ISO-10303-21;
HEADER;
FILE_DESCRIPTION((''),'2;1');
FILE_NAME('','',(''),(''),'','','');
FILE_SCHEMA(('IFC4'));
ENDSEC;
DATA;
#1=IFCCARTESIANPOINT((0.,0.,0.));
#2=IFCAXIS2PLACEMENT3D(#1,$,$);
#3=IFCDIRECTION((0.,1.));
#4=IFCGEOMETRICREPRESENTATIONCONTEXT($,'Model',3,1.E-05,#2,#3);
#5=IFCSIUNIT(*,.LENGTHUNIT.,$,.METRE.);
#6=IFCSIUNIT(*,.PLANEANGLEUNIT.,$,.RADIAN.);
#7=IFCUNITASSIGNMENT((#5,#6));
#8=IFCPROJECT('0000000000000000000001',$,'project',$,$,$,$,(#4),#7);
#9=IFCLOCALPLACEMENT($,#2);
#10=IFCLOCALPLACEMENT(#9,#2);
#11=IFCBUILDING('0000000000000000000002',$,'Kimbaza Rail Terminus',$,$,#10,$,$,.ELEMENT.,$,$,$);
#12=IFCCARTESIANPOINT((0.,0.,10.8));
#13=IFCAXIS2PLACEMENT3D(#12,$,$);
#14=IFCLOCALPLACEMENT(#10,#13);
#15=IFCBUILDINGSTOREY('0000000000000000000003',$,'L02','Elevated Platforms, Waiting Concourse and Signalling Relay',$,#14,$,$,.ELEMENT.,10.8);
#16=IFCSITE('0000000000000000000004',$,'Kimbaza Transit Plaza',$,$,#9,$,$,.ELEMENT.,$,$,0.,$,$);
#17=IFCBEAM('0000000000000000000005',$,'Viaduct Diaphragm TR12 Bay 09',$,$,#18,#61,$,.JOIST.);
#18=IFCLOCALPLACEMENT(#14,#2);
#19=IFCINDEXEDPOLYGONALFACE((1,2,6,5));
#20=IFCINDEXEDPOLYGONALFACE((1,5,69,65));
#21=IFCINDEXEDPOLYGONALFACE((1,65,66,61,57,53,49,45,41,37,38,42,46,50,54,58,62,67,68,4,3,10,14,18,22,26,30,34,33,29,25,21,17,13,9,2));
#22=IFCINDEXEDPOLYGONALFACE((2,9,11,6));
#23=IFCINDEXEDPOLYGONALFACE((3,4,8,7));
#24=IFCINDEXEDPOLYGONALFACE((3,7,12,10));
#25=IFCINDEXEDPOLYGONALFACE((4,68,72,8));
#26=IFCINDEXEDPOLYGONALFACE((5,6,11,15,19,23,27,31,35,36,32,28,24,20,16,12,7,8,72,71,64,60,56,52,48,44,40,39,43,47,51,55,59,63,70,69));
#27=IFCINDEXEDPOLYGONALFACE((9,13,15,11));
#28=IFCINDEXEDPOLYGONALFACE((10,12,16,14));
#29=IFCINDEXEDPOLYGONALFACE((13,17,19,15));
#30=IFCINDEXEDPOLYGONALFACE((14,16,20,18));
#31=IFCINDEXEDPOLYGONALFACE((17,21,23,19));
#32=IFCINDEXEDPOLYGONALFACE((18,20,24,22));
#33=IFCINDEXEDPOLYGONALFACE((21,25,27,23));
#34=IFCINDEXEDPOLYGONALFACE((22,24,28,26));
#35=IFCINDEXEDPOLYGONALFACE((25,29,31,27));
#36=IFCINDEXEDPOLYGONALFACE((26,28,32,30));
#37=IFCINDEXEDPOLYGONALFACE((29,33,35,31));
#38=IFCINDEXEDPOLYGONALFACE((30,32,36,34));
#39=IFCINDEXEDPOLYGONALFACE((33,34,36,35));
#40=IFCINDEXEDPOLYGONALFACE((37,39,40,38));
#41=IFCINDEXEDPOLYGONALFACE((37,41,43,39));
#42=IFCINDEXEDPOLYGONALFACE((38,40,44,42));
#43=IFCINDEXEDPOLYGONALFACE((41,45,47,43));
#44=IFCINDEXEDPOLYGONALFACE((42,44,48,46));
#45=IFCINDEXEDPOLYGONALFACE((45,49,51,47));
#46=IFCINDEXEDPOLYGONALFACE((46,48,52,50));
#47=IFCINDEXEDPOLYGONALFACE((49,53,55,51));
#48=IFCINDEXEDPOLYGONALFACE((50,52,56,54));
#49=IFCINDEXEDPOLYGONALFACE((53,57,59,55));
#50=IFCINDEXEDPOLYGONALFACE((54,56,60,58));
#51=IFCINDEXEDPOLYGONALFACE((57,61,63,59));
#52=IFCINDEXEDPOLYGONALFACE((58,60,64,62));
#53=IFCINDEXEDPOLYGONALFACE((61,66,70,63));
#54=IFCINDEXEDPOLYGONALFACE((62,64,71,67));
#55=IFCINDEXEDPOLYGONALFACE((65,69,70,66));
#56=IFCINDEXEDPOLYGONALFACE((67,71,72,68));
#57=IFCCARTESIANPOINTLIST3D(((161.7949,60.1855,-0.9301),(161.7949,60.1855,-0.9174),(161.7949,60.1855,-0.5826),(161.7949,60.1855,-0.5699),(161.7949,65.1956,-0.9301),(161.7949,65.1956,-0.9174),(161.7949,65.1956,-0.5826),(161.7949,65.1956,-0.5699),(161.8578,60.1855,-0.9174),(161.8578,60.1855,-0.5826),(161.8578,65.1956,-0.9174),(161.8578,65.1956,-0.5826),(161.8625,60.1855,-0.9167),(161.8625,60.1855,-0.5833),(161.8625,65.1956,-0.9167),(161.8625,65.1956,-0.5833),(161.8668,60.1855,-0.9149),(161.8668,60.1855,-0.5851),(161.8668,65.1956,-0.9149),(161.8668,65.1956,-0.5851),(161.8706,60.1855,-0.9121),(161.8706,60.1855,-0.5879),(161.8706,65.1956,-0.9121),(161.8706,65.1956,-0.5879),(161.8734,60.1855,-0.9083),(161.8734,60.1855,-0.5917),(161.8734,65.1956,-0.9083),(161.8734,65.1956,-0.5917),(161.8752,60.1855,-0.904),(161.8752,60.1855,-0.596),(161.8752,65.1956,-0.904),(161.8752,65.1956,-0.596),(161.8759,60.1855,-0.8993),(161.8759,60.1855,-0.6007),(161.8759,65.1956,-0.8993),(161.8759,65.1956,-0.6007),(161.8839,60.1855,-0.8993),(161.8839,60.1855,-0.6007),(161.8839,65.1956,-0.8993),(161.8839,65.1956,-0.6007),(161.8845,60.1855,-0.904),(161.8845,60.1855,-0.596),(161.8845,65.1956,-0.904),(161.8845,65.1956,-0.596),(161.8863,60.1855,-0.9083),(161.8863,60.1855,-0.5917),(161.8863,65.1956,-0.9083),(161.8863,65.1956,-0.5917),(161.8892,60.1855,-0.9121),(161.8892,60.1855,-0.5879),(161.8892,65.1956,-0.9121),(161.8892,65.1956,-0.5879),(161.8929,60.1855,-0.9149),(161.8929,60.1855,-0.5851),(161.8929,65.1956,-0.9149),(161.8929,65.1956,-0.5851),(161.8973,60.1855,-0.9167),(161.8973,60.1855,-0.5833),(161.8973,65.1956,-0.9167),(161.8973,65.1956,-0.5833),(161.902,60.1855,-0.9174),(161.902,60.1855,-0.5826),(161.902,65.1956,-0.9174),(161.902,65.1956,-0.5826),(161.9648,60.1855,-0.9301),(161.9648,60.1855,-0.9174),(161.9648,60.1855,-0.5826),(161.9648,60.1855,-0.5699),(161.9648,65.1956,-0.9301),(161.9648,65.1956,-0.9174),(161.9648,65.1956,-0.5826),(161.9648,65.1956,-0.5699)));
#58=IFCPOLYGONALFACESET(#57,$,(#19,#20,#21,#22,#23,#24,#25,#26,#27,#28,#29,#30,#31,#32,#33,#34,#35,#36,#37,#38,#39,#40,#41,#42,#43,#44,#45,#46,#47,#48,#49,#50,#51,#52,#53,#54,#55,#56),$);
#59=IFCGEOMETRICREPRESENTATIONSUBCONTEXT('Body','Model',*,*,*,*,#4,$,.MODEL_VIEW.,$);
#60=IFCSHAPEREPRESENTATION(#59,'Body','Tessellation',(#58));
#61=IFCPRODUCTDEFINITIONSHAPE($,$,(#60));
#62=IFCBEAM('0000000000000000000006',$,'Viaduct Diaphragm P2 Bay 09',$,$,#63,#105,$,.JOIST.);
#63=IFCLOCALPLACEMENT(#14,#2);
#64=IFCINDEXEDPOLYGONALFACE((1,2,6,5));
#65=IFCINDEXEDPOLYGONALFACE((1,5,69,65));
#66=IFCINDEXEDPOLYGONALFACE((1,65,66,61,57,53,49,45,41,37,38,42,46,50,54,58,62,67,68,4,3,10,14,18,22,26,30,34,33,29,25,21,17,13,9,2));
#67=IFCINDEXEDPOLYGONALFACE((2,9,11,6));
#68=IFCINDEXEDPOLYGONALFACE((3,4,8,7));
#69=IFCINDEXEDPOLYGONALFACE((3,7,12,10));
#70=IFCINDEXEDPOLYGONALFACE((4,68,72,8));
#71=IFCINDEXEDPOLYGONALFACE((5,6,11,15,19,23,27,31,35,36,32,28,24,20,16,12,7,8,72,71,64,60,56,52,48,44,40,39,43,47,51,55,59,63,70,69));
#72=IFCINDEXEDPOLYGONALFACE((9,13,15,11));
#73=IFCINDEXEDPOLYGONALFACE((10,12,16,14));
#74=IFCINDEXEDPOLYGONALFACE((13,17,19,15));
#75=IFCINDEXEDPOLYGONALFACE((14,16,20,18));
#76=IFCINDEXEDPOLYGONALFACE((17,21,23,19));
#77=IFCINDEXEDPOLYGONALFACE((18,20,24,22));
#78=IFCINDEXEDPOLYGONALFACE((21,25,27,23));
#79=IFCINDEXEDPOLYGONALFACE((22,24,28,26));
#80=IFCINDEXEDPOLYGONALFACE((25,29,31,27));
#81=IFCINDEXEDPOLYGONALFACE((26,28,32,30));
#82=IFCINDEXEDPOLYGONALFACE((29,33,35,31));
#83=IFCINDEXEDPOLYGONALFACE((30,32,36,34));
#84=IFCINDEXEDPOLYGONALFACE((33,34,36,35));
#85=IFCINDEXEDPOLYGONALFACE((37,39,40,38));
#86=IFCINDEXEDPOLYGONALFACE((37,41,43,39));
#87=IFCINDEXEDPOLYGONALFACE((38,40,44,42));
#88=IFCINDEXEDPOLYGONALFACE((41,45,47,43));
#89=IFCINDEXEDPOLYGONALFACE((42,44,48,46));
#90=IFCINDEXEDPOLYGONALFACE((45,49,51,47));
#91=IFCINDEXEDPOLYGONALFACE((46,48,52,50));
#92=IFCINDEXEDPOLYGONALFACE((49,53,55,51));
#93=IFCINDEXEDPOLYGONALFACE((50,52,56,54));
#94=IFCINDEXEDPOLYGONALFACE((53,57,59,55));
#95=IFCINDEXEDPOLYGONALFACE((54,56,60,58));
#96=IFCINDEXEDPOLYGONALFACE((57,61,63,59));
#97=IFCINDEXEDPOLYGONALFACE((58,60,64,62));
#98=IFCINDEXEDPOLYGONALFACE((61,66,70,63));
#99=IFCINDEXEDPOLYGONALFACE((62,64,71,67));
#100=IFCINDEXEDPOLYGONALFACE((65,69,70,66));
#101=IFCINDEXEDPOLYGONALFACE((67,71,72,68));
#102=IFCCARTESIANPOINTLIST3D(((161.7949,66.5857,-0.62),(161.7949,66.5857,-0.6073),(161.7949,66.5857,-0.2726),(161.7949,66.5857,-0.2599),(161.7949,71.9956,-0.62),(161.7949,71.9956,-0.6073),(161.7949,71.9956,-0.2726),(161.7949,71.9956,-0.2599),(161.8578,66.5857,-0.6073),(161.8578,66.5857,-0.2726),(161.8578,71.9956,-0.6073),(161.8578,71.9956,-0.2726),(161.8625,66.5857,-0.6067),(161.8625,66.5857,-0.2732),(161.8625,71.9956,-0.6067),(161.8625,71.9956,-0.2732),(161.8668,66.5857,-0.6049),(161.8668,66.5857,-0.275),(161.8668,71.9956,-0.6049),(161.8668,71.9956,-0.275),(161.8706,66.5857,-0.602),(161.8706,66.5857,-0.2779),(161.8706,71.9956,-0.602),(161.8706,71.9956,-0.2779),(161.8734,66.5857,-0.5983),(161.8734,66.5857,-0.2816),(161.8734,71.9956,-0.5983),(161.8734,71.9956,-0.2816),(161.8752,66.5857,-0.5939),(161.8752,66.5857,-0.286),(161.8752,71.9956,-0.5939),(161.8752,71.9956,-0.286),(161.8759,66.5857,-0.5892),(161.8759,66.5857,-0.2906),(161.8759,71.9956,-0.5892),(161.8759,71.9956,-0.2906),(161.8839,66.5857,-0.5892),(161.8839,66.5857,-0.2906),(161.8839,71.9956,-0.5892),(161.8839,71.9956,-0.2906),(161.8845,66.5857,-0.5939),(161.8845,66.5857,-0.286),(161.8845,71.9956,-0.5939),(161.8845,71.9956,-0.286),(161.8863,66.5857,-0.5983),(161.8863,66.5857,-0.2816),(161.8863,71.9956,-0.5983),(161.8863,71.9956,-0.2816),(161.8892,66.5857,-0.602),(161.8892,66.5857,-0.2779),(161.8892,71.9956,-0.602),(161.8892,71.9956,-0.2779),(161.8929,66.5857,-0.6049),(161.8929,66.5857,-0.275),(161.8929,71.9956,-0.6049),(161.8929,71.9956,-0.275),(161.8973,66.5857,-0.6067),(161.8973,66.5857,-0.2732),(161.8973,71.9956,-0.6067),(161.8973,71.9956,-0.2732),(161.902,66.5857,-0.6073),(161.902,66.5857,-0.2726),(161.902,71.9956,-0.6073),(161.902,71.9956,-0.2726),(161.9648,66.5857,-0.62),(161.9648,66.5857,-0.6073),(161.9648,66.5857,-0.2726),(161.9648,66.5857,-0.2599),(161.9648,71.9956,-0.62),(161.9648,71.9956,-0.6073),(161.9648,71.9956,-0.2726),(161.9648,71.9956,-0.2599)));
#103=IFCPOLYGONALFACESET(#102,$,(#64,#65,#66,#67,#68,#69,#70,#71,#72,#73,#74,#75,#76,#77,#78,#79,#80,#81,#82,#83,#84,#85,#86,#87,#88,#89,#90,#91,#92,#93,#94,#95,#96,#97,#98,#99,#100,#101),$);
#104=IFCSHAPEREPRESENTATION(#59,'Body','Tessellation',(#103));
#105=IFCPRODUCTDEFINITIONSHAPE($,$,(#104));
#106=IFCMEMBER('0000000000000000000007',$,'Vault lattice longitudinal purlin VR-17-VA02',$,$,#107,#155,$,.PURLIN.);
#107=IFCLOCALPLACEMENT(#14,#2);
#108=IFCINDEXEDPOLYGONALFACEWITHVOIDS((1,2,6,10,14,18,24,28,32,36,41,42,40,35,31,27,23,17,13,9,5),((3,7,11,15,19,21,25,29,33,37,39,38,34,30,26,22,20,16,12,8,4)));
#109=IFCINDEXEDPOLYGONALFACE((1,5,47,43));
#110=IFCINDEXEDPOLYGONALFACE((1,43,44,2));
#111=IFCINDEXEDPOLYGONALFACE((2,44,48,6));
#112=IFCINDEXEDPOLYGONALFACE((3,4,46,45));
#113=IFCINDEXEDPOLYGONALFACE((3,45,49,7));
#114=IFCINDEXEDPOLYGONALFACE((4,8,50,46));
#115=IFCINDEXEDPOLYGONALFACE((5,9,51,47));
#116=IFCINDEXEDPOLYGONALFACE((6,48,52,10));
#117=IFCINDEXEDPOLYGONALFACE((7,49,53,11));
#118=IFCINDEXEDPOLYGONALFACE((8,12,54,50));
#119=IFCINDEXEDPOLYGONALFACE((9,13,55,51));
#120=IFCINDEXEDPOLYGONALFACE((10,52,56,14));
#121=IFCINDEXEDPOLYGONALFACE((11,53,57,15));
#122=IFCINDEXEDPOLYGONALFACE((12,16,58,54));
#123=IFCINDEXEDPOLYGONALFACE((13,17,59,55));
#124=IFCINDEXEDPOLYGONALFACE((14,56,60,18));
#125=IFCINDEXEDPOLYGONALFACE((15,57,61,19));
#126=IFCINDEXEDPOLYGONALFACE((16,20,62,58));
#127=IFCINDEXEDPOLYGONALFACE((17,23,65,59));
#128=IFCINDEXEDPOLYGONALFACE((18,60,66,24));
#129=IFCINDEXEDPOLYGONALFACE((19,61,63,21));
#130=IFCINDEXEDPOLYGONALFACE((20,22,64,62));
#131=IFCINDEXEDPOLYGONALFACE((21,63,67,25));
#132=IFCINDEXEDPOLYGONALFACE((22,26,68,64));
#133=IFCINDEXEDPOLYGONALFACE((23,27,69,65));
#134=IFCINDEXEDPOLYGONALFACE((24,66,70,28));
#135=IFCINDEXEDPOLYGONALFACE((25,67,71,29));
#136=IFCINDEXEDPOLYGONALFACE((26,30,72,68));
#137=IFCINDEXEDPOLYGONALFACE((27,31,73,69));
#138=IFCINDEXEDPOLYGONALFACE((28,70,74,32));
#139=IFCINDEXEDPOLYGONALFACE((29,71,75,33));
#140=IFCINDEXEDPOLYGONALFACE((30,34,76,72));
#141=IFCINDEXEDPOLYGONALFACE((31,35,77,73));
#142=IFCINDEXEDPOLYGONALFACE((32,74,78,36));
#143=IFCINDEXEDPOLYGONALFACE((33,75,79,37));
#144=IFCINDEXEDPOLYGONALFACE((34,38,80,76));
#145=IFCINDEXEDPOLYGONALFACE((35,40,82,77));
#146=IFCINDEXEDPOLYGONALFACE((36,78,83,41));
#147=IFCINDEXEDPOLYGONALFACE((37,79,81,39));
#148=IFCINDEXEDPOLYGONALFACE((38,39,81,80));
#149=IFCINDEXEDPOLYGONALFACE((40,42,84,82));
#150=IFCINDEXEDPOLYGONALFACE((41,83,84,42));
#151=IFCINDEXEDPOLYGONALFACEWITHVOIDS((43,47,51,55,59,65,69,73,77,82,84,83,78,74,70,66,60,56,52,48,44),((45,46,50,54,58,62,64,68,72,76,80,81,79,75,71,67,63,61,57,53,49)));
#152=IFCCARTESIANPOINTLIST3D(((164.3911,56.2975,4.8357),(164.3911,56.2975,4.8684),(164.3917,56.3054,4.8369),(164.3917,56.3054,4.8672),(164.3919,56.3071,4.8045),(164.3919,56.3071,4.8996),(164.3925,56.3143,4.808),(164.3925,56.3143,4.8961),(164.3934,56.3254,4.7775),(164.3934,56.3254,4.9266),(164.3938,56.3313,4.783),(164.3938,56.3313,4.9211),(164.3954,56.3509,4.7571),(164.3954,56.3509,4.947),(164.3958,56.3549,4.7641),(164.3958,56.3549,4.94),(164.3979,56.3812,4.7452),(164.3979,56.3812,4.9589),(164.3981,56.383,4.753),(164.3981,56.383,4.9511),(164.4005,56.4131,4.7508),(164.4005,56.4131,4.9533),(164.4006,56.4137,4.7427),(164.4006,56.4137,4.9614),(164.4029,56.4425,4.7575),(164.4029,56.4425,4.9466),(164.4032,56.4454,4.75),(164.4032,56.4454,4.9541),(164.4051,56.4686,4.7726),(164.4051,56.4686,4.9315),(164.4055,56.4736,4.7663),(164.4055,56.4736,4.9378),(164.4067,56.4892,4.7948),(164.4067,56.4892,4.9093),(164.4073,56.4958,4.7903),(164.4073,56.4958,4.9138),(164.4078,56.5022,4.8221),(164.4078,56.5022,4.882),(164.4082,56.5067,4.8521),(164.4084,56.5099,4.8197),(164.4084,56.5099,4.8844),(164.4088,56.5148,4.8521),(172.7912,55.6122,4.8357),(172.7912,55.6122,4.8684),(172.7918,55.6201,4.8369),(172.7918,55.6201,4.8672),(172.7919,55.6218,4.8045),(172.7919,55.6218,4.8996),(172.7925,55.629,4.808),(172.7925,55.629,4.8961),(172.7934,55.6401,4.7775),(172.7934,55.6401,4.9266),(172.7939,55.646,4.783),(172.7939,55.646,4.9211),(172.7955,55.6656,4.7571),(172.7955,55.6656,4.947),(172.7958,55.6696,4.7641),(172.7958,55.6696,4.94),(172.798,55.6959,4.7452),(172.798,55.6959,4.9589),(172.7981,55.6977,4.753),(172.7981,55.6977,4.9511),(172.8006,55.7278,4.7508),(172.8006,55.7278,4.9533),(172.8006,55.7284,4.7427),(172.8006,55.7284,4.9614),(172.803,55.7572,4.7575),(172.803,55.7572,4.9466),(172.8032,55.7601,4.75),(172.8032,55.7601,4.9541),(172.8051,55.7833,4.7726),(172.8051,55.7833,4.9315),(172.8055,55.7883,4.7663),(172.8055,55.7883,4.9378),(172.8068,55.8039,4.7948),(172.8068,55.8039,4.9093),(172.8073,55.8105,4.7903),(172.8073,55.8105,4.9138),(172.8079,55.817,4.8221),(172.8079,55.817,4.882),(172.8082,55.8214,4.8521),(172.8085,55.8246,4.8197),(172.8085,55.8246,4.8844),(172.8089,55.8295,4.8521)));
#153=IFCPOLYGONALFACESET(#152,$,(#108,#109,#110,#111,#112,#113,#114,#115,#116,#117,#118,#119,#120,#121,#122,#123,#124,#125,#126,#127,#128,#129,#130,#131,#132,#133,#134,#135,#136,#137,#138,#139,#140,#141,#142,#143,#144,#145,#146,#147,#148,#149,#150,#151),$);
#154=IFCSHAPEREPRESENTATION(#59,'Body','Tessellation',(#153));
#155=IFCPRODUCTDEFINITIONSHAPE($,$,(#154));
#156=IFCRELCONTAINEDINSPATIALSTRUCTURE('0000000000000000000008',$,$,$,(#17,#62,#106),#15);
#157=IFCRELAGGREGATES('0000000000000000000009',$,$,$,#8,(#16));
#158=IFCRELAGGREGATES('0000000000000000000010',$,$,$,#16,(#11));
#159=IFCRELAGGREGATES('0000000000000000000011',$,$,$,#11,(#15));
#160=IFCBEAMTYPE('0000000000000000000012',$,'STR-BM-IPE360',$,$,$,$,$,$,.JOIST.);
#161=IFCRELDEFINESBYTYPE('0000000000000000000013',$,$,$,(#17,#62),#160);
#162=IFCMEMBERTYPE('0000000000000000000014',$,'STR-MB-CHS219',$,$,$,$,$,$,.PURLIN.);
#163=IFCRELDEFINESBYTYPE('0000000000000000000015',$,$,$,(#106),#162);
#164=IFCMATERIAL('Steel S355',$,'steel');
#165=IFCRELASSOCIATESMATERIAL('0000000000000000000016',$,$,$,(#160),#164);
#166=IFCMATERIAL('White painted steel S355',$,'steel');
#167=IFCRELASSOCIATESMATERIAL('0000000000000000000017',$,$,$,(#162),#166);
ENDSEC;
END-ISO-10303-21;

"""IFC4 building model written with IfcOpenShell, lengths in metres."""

from ifc_helpers import new_model, si_unit, direction, frame, origin, origin_2d, place, context, subcontext, project, spatial, hollow_circle, i_section, extrude, material, material_profile, profile_set, type_object, element, save


model = new_model("IFC4")

# Units and contexts
model_context = context("Model", 3, precision=1e-05, world=origin(), true_north=direction((0.0, 1.0)))
body_context = subcontext(model_context, "Body", "Model", "MODEL_VIEW")
ifc_project = project(units=[si_unit("LENGTHUNIT", "METRE"), si_unit("PLANEANGLEUNIT", "RADIAN")], contexts=[model_context])

# Site, building, storey
site_placement = place(None, origin())
site = spatial("IfcSite", under=ifc_project, at=site_placement, Name="Kimbaza Transit Plaza", CompositionType="ELEMENT", RefElevation=0.0)
building_placement = place(site_placement, origin())
building = spatial("IfcBuilding", under=site, at=building_placement, Name="Kimbaza Rail Terminus", CompositionType="ELEMENT")
storey_placement = place(building_placement, frame((0.0, 0.0, 10.8)))
storey = spatial("IfcBuildingStorey", under=building, at=storey_placement, Name="L02", Description="Elevated Platforms, Waiting Concourse and Signalling Relay", CompositionType="ELEMENT", Elevation=10.8)

# Beams
ifc_material_1 = material(Name="Steel S355", Category="steel")
ifc_material_profile_1 = material_profile(ifc_material_1, i_section(OverallWidth=0.1699, OverallDepth=0.3601, WebThickness=0.0081, FlangeThickness=0.0127, FilletRadius=0.0181, at=origin_2d()), Name="IPE 360")
ifc_profile_set_1 = profile_set([ifc_material_profile_1], Name="Steel S355")
beam_type_1 = type_object("IfcBeamType", Name="STR-BM-IPE360", PredefinedType="JOIST", material=ifc_profile_set_1)
beam_1_placement = place(storey_placement, frame((161.8799, 60.1855, -0.75), z_axis=(0.0, 1.0, 0.0), x_axis=(-1.0, 0.0, 0.0)))
element("IfcBeam", 1, at=beam_1_placement, inside=storey, type_object=beam_type_1, Name="Viaduct Diaphragm TR12 Bay 09", PredefinedType="JOIST", context=body_context, shape_type="SweptSolid", body=[
    extrude(i_section(OverallWidth=0.1699, OverallDepth=0.3601, WebThickness=0.0081, FlangeThickness=0.0127, FilletRadius=0.0181, at=origin_2d()), origin(), (0.0, 0.0, 1.0), 5.01),
])
beam_2_placement = place(storey_placement, frame((161.8799, 66.5857, -0.4399), z_axis=(0.0, 1.0, 0.0), x_axis=(-1.0, 0.0, 0.0)))
element("IfcBeam", 2, at=beam_2_placement, inside=storey, type_object=beam_type_1, Name="Viaduct Diaphragm P2 Bay 09", PredefinedType="JOIST", context=body_context, shape_type="SweptSolid", body=[
    extrude(i_section(OverallWidth=0.1699, OverallDepth=0.3601, WebThickness=0.0081, FlangeThickness=0.0127, FilletRadius=0.0181, at=origin_2d()), origin(), (0.0, 0.0, 1.0), 5.4099),
])

# Member
ifc_material_2 = material(Name="White painted steel S355", Category="steel")
ifc_material_profile_2 = material_profile(ifc_material_2, hollow_circle(Radius=0.1096, WallThickness=0.0081, at=origin_2d()), Name="CHS 219.1x8")
ifc_profile_set_2 = profile_set([ifc_material_profile_2], Name="White painted steel S355")
member_type_1 = type_object("IfcMemberType", Name="STR-MB-CHS219", PredefinedType="PURLIN", material=ifc_profile_set_2)
for number, where, z_axis, x_axis, name in (
    (3, (164.3999, 56.4055, 4.8521), (0.996689, -0.081312, 0.0), (0.081312, 0.996689, 0.0), "Vault lattice longitudinal purlin VR-17-VA02"),
):
    element("IfcMember", number, at=place(storey_placement, frame(where, z_axis=z_axis, x_axis=x_axis)), inside=storey, type_object=member_type_1, Name=name, PredefinedType="PURLIN", context=body_context, shape_type="SweptSolid", body=[
        extrude(hollow_circle(Radius=0.1096, WallThickness=0.0081, at=origin_2d()), origin(), (0.0, 0.0, 1.0), 8.428),
    ])

save(model, "model.ifc")
